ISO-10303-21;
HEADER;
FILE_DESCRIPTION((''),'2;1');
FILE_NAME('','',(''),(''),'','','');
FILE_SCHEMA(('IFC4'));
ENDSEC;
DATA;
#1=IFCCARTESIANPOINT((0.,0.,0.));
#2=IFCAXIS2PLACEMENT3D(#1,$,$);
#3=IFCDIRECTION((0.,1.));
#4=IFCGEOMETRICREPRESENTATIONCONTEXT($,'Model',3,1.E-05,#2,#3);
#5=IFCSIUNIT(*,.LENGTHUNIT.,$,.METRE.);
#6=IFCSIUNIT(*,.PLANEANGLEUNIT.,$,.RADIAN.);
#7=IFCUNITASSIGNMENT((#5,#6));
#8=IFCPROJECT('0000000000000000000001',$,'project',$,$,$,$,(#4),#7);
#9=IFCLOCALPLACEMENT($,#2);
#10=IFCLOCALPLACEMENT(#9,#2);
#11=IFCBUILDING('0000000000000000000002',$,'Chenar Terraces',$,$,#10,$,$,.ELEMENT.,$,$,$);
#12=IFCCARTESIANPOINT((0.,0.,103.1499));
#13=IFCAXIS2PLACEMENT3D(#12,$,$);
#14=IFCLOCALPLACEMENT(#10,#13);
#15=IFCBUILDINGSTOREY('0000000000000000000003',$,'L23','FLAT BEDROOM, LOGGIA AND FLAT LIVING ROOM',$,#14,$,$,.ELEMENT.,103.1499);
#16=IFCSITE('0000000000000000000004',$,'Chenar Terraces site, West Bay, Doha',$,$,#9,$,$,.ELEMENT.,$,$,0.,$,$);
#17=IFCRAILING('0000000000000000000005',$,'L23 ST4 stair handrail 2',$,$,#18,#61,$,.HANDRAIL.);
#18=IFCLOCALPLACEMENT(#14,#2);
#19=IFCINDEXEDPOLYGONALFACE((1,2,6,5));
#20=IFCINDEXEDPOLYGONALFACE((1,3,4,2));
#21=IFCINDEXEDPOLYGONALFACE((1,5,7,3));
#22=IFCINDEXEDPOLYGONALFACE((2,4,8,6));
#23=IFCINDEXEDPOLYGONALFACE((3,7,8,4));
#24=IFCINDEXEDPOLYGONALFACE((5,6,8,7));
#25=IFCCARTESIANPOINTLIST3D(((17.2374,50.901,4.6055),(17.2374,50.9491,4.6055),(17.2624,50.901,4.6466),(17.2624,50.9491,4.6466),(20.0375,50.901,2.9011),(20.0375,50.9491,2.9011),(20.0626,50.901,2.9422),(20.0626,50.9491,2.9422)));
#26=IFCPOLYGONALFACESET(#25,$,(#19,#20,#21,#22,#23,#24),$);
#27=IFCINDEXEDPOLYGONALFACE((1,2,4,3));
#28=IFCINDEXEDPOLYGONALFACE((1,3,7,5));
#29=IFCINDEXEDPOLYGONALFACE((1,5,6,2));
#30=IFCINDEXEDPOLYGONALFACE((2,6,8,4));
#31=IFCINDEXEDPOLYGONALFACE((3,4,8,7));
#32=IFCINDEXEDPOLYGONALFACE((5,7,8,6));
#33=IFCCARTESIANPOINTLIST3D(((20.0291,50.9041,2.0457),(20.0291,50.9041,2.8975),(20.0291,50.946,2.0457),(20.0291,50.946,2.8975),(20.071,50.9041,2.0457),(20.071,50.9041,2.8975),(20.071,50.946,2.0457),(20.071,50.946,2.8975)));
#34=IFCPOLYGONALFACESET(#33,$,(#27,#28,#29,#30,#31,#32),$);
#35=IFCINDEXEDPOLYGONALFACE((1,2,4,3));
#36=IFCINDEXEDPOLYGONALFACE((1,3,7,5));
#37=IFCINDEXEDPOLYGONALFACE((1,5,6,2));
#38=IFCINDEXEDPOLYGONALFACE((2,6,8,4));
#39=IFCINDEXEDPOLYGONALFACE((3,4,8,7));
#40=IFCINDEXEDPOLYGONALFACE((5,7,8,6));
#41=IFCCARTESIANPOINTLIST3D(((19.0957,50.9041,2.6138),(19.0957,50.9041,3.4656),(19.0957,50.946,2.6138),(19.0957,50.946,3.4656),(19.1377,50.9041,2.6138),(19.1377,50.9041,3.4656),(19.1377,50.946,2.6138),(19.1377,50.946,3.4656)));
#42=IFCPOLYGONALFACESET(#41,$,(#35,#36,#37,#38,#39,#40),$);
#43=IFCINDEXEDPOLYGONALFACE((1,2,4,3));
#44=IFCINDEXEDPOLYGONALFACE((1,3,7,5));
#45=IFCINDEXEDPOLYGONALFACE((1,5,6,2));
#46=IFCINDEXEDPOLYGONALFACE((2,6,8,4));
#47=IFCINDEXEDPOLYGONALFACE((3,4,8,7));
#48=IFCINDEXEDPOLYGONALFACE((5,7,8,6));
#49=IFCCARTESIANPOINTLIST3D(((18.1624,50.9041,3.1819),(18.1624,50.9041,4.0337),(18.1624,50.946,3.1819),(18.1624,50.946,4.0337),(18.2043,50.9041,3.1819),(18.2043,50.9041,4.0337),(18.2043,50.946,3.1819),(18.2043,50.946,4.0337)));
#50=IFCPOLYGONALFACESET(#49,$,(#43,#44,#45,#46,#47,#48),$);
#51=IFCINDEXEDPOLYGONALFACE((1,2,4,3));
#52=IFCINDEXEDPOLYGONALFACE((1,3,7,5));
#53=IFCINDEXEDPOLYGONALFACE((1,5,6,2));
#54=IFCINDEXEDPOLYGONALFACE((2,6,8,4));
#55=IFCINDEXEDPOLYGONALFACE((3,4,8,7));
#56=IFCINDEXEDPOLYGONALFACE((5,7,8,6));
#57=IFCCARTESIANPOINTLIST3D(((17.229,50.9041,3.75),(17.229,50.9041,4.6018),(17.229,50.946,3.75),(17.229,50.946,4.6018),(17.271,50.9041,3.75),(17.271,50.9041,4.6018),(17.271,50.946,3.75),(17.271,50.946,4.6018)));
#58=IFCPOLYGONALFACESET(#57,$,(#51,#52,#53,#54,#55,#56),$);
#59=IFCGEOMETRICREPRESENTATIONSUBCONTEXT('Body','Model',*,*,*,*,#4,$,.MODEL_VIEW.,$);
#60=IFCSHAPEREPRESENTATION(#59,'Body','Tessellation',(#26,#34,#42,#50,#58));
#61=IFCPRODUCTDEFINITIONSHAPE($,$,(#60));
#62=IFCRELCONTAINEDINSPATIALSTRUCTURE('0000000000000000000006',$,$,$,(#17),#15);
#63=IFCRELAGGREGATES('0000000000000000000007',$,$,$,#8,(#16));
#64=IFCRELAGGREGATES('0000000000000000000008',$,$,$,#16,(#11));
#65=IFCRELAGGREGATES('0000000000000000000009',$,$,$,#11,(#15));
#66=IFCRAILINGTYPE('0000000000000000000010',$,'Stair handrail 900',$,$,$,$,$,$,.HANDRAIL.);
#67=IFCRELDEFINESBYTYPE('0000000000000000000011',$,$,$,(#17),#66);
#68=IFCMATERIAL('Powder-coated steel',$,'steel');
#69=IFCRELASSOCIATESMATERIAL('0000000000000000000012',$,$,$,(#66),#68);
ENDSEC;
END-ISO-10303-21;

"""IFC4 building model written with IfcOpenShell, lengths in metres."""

from ifc_helpers import new_model, si_unit, direction, frame, origin, origin_2d, place, context, subcontext, project, spatial, rectangle, extrude, material, type_object, element, save


model = new_model("IFC4")

# Units and contexts
model_context = context("Model", 3, precision=1e-05, world=origin(), true_north=direction((0.0, 1.0)))
body_context = subcontext(model_context, "Body", "Model", "MODEL_VIEW")
ifc_project = project(units=[si_unit("LENGTHUNIT", "METRE"), si_unit("PLANEANGLEUNIT", "RADIAN")], contexts=[model_context])

# Site, building, storey
site_placement = place(None, origin())
site = spatial("IfcSite", under=ifc_project, at=site_placement, Name="Chenar Terraces site, West Bay, Doha", CompositionType="ELEMENT", RefElevation=0.0)
building_placement = place(site_placement, origin())
building = spatial("IfcBuilding", under=site, at=building_placement, Name="Chenar Terraces", CompositionType="ELEMENT")
storey_placement = place(building_placement, frame((0.0, 0.0, 103.1499)))
storey = spatial("IfcBuildingStorey", under=building, at=storey_placement, Name="L23", Description="FLAT BEDROOM, LOGGIA AND FLAT LIVING ROOM", CompositionType="ELEMENT", Elevation=103.1499)

# Railing
ifc_material_1 = material(Name="Powder-coated steel", Category="steel")
railing_type_1 = type_object("IfcRailingType", Name="Stair handrail 900", PredefinedType="HANDRAIL", material=ifc_material_1)
railing_1_placement = place(storey_placement, frame((20.05, 50.925, 2.0457)))
element("IfcRailing", 1, at=railing_1_placement, inside=storey, type_object=railing_type_1, Name="L23 ST4 stair handrail 2", PredefinedType="HANDRAIL", context=body_context, shape_type="SweptSolid", body=[
    extrude(rectangle(XDim=0.0481, YDim=0.0481, at=origin_2d()), frame((0.0, 0.0, 0.876), z_axis=(-0.854203, 0.0, 0.51994), x_axis=(0.0, -1.0, 0.0)), (0.0, 0.0, 1.0), 3.2781),
    extrude(rectangle(XDim=0.042, YDim=0.042, at=origin_2d()), origin(), (0.0, 0.0, 1.0), 0.8518),
    extrude(rectangle(XDim=0.042, YDim=0.042, at=origin_2d()), frame((-0.9333, 0.0, 0.5681)), (0.0, 0.0, 1.0), 0.8518),
    extrude(rectangle(XDim=0.042, YDim=0.042, at=origin_2d()), frame((-1.8667, 0.0, 1.1362)), (0.0, 0.0, 1.0), 0.8518),
    extrude(rectangle(XDim=0.042, YDim=0.042, at=origin_2d()), frame((-2.8, 0.0, 1.7043)), (0.0, 0.0, 1.0), 0.8518),
])

save(model, "model.ifc")
